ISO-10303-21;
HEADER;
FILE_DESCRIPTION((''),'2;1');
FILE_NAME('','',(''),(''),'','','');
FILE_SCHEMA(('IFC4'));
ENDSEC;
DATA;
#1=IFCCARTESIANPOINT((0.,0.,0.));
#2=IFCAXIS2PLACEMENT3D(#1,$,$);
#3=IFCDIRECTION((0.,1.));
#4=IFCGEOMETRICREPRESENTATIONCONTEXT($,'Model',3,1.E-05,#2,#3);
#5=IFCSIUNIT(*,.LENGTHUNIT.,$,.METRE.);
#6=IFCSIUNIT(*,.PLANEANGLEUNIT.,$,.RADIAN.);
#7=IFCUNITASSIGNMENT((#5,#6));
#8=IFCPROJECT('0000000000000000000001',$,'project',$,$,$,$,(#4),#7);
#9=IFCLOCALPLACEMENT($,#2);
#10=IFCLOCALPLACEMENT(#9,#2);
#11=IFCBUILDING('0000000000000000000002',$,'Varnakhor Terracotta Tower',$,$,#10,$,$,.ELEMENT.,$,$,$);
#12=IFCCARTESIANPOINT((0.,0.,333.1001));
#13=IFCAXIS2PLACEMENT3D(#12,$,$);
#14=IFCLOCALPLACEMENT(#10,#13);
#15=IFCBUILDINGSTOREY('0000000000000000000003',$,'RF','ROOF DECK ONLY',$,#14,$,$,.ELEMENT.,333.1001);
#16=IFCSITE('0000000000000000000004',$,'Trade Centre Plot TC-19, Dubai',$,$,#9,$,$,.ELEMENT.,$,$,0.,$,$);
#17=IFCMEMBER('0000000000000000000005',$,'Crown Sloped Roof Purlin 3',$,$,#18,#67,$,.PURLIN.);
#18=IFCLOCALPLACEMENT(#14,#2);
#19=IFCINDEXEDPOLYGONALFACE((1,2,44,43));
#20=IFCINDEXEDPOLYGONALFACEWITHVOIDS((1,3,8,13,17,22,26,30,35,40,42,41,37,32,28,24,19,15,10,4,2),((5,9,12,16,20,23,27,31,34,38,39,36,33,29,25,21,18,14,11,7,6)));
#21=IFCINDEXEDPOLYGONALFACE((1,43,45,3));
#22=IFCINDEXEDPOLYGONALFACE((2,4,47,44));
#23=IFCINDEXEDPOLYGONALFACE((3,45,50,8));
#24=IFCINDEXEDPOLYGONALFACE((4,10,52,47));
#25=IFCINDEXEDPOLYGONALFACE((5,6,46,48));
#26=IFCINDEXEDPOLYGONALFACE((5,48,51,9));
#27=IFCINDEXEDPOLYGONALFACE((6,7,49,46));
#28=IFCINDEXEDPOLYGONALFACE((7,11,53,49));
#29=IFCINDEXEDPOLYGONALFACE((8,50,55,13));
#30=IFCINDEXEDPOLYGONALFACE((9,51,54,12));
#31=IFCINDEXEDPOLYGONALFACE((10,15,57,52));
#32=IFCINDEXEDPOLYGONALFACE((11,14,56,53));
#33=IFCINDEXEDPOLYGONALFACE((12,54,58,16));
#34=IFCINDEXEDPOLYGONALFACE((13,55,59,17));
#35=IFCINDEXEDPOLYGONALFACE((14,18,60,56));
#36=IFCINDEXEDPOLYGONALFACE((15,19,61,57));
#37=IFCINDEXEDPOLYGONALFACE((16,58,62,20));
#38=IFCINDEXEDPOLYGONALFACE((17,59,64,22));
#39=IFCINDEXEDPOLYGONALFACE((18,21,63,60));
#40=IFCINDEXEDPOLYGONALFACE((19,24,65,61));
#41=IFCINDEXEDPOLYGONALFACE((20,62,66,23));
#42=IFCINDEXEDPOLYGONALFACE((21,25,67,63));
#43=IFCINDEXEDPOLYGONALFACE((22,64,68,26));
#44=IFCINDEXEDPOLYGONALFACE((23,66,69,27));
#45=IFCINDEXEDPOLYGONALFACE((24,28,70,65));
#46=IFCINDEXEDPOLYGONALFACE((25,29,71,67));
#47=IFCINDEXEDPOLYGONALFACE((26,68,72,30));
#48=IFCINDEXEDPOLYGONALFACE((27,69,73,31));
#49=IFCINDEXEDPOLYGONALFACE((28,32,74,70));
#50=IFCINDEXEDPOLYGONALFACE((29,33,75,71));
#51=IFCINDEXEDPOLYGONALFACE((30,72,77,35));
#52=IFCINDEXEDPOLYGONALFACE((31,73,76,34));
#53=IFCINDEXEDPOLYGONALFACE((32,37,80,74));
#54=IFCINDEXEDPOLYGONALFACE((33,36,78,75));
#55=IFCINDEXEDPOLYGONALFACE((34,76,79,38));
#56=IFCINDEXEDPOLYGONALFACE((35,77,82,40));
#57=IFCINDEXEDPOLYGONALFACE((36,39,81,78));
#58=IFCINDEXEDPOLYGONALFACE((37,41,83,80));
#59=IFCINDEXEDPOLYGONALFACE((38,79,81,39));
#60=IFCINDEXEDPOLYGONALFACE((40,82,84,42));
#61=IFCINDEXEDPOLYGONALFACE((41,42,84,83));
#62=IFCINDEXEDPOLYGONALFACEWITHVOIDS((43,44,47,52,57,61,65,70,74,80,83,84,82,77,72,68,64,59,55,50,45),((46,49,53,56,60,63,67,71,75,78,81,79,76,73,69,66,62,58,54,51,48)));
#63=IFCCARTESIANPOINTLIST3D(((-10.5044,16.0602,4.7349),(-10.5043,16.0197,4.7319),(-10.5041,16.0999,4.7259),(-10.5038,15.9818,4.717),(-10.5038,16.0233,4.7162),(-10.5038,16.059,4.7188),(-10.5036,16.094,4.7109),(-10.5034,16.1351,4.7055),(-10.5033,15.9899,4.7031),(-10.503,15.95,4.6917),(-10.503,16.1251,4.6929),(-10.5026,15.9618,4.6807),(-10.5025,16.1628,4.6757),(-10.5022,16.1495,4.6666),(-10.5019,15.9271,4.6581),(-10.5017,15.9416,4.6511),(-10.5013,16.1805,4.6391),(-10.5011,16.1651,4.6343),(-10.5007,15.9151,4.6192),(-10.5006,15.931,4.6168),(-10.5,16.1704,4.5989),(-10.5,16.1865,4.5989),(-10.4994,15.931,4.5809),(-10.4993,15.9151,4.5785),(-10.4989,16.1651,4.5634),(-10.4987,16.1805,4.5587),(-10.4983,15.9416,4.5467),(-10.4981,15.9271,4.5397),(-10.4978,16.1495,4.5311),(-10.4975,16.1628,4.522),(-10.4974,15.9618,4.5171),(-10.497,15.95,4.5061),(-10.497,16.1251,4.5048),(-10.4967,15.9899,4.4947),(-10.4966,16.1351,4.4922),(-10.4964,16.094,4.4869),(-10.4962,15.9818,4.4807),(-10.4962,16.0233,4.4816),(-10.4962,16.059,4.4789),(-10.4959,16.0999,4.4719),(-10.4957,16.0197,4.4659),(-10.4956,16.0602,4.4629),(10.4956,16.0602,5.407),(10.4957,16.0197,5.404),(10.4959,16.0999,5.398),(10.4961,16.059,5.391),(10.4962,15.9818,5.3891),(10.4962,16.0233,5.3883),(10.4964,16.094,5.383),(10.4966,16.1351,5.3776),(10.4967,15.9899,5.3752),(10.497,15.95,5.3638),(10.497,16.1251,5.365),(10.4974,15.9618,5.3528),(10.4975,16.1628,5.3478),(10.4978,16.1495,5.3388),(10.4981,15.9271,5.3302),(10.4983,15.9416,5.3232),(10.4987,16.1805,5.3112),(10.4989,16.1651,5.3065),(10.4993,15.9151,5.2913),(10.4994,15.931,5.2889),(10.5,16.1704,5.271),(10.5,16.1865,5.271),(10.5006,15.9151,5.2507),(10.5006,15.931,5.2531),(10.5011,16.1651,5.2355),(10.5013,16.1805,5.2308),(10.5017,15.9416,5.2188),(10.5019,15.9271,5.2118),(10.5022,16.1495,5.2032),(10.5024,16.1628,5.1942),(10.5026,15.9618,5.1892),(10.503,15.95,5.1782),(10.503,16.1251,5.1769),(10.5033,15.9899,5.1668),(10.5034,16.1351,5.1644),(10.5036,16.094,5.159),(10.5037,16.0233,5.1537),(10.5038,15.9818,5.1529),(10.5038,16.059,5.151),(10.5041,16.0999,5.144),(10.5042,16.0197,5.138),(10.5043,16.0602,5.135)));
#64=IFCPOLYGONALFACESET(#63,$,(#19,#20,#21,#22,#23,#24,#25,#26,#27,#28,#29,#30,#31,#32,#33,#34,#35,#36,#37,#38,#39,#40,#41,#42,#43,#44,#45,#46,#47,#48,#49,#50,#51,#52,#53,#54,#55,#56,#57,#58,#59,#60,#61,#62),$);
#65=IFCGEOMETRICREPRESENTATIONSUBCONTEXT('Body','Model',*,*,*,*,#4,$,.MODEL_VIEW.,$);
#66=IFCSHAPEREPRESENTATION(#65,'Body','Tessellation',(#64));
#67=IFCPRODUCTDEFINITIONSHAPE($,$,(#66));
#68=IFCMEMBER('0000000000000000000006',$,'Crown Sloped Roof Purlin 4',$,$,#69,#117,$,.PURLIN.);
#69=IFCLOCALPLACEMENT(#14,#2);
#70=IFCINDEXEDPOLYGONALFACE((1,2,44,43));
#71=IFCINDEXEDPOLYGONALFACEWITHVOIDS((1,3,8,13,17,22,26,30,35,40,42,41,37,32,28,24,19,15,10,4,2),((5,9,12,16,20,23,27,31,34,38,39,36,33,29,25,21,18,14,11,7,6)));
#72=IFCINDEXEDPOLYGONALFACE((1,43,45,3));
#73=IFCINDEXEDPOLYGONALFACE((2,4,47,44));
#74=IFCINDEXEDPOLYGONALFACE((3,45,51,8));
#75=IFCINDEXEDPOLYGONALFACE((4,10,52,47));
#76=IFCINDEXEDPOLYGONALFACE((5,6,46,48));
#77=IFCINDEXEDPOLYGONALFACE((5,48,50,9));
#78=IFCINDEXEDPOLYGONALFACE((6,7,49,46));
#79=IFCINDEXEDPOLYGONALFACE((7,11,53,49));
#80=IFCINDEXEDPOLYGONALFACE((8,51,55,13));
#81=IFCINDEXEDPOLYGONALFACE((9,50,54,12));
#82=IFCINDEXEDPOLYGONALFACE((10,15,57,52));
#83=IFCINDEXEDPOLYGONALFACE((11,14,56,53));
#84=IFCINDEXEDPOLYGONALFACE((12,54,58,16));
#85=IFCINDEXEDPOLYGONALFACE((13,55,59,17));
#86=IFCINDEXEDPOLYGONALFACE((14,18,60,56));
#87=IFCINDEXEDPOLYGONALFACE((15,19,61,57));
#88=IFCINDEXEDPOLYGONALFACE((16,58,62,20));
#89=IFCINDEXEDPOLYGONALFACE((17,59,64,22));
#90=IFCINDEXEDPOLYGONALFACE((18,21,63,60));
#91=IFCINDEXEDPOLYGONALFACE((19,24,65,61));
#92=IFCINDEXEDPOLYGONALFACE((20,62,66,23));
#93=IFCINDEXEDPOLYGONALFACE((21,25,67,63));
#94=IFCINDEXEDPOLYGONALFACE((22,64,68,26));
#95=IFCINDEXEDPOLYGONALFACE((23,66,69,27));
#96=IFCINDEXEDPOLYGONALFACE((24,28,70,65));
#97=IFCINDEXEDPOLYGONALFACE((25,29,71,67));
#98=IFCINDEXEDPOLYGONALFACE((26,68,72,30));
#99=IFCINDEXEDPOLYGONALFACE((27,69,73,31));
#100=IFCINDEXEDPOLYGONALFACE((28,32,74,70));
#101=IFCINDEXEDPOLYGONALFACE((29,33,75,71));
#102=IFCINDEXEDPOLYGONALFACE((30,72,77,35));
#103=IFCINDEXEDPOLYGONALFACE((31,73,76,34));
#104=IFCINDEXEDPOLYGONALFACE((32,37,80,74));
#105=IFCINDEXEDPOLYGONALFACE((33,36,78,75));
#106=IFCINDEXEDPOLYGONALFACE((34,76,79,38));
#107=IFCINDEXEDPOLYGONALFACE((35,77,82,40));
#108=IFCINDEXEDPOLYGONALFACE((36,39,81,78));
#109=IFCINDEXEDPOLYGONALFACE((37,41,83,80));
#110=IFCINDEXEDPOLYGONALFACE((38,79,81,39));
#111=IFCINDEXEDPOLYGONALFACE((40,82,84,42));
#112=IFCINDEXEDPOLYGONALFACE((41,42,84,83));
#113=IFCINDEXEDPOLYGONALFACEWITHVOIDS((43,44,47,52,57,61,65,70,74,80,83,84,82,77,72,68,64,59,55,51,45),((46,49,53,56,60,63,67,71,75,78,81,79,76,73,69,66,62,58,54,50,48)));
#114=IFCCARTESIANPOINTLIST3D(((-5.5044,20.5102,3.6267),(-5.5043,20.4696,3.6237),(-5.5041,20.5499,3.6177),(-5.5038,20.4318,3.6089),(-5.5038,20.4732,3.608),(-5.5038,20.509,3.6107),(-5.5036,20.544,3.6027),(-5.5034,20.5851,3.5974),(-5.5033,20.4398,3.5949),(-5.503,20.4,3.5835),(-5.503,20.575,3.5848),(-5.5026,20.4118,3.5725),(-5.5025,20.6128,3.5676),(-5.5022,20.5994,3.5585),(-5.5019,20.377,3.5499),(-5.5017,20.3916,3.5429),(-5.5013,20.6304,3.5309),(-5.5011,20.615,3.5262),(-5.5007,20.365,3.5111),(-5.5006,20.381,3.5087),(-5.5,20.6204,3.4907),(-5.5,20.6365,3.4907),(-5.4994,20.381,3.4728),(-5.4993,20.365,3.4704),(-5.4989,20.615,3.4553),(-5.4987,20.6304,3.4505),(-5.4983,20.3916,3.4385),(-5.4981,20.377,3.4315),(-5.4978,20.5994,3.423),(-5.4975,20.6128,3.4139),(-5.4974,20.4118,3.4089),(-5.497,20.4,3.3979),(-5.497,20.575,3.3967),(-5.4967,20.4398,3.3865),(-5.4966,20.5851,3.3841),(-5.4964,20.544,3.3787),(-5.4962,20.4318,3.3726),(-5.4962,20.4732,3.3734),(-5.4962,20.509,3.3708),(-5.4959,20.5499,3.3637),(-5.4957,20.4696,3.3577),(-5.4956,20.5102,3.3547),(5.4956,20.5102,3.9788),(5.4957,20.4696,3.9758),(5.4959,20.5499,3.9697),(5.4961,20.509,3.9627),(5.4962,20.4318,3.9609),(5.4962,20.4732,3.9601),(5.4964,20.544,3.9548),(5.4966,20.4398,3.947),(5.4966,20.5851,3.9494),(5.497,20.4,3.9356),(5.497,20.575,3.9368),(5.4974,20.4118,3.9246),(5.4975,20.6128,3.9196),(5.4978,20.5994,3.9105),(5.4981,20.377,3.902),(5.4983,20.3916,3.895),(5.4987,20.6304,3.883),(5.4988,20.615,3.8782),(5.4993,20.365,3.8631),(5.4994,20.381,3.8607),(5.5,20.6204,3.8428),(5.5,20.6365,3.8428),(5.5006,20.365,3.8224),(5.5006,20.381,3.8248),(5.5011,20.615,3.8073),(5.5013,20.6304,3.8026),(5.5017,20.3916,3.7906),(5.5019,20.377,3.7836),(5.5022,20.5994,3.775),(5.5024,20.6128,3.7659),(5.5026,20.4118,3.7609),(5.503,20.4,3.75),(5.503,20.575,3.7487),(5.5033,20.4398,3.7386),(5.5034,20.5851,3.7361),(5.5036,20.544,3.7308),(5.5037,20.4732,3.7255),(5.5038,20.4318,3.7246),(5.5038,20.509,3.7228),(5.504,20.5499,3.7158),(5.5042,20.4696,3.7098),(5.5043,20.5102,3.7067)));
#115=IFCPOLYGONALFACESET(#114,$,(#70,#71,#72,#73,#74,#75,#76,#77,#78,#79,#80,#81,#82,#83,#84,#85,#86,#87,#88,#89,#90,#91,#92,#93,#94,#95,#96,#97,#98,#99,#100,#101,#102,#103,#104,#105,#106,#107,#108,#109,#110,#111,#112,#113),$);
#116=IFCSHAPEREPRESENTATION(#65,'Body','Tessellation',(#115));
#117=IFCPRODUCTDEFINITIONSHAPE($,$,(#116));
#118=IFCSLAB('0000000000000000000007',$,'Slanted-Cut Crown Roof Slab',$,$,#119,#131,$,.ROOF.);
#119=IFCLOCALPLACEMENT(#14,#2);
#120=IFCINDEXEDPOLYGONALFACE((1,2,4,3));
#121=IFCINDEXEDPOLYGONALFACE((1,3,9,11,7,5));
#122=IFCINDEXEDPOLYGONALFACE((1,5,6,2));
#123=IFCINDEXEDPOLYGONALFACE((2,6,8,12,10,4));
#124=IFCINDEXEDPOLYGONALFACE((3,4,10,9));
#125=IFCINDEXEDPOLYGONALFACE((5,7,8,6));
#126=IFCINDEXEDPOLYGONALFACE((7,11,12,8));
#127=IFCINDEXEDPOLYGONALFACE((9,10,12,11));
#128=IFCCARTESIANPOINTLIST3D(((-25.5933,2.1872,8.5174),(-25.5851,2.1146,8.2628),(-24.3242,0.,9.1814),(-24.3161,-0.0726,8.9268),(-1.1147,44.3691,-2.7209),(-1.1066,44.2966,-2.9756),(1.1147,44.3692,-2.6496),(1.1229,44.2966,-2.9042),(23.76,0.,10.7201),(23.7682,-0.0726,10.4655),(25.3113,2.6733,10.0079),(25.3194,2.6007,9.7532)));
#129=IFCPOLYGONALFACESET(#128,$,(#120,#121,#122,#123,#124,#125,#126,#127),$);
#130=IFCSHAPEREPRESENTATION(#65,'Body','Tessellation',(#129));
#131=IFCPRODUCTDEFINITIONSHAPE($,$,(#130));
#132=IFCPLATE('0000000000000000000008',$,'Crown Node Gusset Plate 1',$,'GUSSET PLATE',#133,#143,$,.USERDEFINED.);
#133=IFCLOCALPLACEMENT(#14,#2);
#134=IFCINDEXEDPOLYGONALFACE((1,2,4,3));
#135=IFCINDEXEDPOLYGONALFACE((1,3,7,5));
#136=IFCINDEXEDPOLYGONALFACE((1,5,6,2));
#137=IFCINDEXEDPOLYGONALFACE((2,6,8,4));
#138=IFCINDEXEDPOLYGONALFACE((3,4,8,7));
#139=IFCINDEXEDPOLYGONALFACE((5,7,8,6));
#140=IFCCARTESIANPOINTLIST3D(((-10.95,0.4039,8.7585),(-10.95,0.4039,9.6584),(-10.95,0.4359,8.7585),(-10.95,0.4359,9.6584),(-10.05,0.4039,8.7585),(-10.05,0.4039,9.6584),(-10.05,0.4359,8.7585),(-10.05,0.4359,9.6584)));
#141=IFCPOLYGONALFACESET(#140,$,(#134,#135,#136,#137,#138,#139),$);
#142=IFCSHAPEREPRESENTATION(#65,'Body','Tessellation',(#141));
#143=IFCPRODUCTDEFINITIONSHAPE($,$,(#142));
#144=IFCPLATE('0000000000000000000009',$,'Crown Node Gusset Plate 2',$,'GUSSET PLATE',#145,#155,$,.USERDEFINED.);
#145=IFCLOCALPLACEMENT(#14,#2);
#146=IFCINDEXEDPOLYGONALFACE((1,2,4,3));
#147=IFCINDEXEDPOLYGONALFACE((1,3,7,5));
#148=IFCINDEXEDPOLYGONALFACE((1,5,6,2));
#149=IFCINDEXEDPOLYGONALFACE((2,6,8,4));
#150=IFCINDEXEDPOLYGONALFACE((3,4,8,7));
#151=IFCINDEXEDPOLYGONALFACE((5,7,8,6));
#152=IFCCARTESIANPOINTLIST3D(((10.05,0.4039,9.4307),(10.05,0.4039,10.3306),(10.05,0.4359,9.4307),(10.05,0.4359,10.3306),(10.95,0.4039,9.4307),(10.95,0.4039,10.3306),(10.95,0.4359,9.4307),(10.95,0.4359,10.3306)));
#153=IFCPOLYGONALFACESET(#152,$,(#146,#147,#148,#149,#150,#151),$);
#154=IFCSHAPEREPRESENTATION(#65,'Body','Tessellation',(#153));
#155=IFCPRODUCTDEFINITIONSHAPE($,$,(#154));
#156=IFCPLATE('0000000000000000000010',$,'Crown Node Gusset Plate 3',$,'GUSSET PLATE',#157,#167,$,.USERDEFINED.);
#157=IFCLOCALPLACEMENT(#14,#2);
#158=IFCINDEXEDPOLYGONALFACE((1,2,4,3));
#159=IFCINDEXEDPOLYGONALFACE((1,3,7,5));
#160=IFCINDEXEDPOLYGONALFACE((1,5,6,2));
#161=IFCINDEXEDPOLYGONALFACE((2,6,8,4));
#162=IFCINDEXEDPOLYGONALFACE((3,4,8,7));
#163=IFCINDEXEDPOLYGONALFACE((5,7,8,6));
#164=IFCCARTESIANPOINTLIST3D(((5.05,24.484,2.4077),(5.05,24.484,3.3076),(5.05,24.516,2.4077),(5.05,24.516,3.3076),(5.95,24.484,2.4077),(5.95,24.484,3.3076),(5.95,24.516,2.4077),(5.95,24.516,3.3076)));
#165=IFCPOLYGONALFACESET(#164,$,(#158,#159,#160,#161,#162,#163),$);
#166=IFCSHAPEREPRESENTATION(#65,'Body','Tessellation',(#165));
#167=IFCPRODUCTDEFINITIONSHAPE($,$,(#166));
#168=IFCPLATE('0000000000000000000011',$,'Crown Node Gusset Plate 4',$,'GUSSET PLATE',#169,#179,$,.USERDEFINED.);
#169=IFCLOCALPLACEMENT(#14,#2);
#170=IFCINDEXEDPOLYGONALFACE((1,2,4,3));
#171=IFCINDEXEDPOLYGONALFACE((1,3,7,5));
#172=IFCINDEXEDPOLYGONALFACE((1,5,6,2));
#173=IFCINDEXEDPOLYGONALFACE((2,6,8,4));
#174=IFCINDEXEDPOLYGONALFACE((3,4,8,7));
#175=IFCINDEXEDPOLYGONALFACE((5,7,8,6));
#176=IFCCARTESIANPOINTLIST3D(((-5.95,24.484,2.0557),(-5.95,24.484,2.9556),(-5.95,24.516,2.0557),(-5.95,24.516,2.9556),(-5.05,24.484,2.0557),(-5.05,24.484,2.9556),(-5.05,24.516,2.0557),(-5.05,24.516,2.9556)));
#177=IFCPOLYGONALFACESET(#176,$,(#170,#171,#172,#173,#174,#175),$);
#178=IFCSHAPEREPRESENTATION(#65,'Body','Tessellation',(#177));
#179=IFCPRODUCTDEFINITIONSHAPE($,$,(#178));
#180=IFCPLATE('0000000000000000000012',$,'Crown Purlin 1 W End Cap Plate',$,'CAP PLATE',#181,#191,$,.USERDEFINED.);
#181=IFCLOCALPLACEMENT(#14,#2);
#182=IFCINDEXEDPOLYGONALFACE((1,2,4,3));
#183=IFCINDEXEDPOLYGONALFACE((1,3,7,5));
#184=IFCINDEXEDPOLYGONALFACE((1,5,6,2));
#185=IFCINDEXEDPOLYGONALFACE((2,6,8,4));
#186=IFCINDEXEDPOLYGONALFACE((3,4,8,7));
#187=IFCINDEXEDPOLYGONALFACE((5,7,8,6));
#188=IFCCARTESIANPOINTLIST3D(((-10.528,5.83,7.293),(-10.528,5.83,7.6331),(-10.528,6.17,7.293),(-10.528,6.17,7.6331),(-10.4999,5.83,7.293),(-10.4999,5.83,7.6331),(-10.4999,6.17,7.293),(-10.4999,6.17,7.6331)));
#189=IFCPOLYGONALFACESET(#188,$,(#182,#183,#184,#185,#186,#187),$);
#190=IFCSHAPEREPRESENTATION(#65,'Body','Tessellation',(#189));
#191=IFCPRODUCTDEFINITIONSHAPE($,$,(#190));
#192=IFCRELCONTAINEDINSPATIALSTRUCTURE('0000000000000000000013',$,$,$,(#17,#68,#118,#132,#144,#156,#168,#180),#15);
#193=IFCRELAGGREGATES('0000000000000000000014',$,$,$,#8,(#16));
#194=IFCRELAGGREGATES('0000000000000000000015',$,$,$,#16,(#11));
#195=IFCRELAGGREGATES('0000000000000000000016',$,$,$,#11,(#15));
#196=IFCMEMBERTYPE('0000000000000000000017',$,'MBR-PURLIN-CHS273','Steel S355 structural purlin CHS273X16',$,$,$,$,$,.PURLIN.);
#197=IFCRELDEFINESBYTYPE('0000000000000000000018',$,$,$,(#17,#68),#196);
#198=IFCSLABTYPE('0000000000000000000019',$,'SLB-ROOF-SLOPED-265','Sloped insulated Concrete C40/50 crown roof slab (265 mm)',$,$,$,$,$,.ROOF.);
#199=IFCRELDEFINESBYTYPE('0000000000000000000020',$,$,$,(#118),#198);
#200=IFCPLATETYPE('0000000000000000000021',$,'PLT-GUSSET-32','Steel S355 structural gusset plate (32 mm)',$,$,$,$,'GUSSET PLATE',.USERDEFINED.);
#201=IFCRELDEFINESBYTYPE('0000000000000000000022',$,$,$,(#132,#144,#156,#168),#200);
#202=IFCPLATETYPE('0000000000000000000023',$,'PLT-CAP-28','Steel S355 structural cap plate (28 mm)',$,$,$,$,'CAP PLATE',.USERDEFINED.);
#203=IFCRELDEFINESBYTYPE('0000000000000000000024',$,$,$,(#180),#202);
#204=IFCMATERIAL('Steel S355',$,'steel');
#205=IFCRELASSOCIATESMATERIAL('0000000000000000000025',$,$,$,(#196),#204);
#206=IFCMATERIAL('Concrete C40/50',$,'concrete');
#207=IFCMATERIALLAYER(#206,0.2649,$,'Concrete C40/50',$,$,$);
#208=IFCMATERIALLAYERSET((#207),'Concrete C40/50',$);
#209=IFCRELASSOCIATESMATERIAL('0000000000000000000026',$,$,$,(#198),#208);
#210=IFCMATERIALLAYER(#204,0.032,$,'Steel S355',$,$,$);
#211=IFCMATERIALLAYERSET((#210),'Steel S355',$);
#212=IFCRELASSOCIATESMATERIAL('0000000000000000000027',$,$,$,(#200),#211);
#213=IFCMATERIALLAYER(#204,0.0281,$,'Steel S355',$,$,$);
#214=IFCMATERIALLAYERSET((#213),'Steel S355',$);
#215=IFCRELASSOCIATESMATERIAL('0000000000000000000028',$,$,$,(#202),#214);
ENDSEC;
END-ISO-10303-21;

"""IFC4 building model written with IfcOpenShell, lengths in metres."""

from ifc_helpers import new_model, si_unit, direction, frame, origin, origin_2d, place, context, subcontext, project, spatial, polyline, rectangle, hollow_circle, outline, extrude, source, transform, mapped, material, layer, layer_set, material_profile, profile_set, type_object, type_shapes, element, save


model = new_model("IFC4")

# Units and contexts
model_context = context("Model", 3, precision=1e-05, world=origin(), true_north=direction((0.0, 1.0)))
body_context = subcontext(model_context, "Body", "Model", "MODEL_VIEW")
ifc_project = project(units=[si_unit("LENGTHUNIT", "METRE"), si_unit("PLANEANGLEUNIT", "RADIAN")], contexts=[model_context])

# Site, building, storey
site_placement = place(None, origin())
site = spatial("IfcSite", under=ifc_project, at=site_placement, Name="Trade Centre Plot TC-19, Dubai", CompositionType="ELEMENT", RefElevation=0.0)
building_placement = place(site_placement, origin())
building = spatial("IfcBuilding", under=site, at=building_placement, Name="Varnakhor Terracotta Tower", CompositionType="ELEMENT")
storey_placement = place(building_placement, frame((0.0, 0.0, 333.1001)))
storey = spatial("IfcBuildingStorey", under=building, at=storey_placement, Name="RF", Description="ROOF DECK ONLY", CompositionType="ELEMENT", Elevation=333.1001)

# Members
ifc_material_1 = material(Name="Steel S355", Category="steel")
ifc_material_profile_1 = material_profile(ifc_material_1, hollow_circle(Radius=0.1365, WallThickness=0.0161, at=origin_2d()), Name="CHS273X16")
ifc_profile_set_1 = profile_set([ifc_material_profile_1], Name="Steel S355")
member_type_1 = type_object("IfcMemberType", Name="MBR-PURLIN-CHS273", Description="Steel S355 structural purlin CHS273X16", PredefinedType="PURLIN", material=ifc_profile_set_1)
shared_shape_1 = source(origin(), body_context, "Body", "SweptSolid", [
    extrude(hollow_circle(Radius=0.1365, WallThickness=0.0161, at=origin_2d()), origin(), (0.0, 0.0, 1.0), 21.0107),
])
type_shapes(member_type_1, [shared_shape_1])
for number, where, z_axis, x_axis, name in (
    (1, (-10.5, 16.05, 4.5989), (0.999488, 0.0, 0.031989), (0.0, 1.0, 0.0), "Crown Sloped Roof Purlin 3"),
):
    element("IfcMember", number, at=place(storey_placement, frame(where, z_axis=z_axis, x_axis=x_axis)), inside=storey, type_object=member_type_1, Name=name, PredefinedType="PURLIN", context=body_context, shape_type="MappedRepresentation", body=[
        mapped(shared_shape_1, transform((0.0, 0.0, 0.0), scale=1.0)),
    ])
shared_shape_2 = source(origin(), body_context, "Body", "SweptSolid", [
    extrude(hollow_circle(Radius=0.1365, WallThickness=0.0161, at=origin_2d()), origin(), (0.0, 0.0, 1.0), 11.0056),
])
member_1_placement = place(storey_placement, frame((-5.5, 20.5, 3.4907), z_axis=(0.999488, 0.0, 0.031988), x_axis=(0.0, 1.0, 0.0)))
element("IfcMember", 2, at=member_1_placement, inside=storey, type_object=member_type_1, Name="Crown Sloped Roof Purlin 4", PredefinedType="PURLIN", context=body_context, shape_type="MappedRepresentation", body=[
    mapped(shared_shape_2, transform((0.0, 0.0, 0.0), scale=1.0)),
])

# Slab
ifc_material_2 = material(Name="Concrete C40/50", Category="concrete")
ifc_layer_1 = layer(ifc_material_2, 0.2649, Name="Concrete C40/50")
ifc_layer_set_1 = layer_set([ifc_layer_1], Name="Concrete C40/50")
slab_type = type_object("IfcSlabType", Name="SLB-ROOF-SLOPED-265", Description="Sloped insulated Concrete C40/50 crown roof slab (265 mm)", PredefinedType="ROOF", material=ifc_layer_set_1)
slab_placement = place(storey_placement, frame((-24.3242, 0.0, 9.1814), z_axis=(-0.03076, 0.273953, 0.961251), x_axis=(0.999488, -0.000001, 0.031984)))
element("IfcSlab", 3, at=slab_placement, inside=storey, type_object=slab_type, Name="Slanted-Cut Crown Roof Slab", PredefinedType="ROOF", context=body_context, shape_type="SweptSolid", body=[
    extrude(outline(polyline([(0.0, 0.0), (48.1088, 0.0), (49.6365, 2.7797), (25.0475, 46.1341), (22.8169, 46.1341), (-1.2896, 2.2742), (0.0, 0.0)])), origin(), (0.0, 0.0, -1.0), 0.2649),
])

# Plates
ifc_layer_2 = layer(ifc_material_1, 0.032, Name="Steel S355")
ifc_layer_set_2 = layer_set([ifc_layer_2], Name="Steel S355")
plate_type_1 = type_object("IfcPlateType", Name="PLT-GUSSET-32", Description="Steel S355 structural gusset plate (32 mm)", ElementType="GUSSET PLATE", PredefinedType="USERDEFINED", material=ifc_layer_set_2)
shared_shape_3 = source(origin(), body_context, "Body", "SweptSolid", [
    extrude(rectangle(XDim=0.8999, YDim=0.032, at=origin_2d()), origin(), (0.0, 0.0, 1.0), 0.8999),
])
type_shapes(plate_type_1, [shared_shape_3])
for number, where, z_axis, x_axis, name in (
    (4, (-10.5, 0.4199, 8.7585), (0.0, 0.0, 1.0), (1.0, 0.0, 0.0), "Crown Node Gusset Plate 1"),
    (5, (10.5, 0.4199, 9.4307), (0.0, 0.0, 1.0), (1.0, 0.0, 0.0), "Crown Node Gusset Plate 2"),
    (6, (5.5, 24.5, 2.4077), (0.0, 0.0, 1.0), (1.0, 0.0, 0.0), "Crown Node Gusset Plate 3"),
    (7, (-5.5, 24.5, 2.0557), (0.0, 0.0, 1.0), (1.0, 0.0, 0.0), "Crown Node Gusset Plate 4"),
):
    element("IfcPlate", number, at=place(storey_placement, frame(where, z_axis=z_axis, x_axis=x_axis)), inside=storey, type_object=plate_type_1, Name=name, ObjectType="GUSSET PLATE", PredefinedType="USERDEFINED", context=body_context, shape_type="MappedRepresentation", body=[
        mapped(shared_shape_3, transform((0.0, 0.0, 0.0), scale=1.0)),
    ])
ifc_layer_3 = layer(ifc_material_1, 0.0281, Name="Steel S355")
ifc_layer_set_3 = layer_set([ifc_layer_3], Name="Steel S355")
plate_type_2 = type_object("IfcPlateType", Name="PLT-CAP-28", Description="Steel S355 structural cap plate (28 mm)", ElementType="CAP PLATE", PredefinedType="USERDEFINED", material=ifc_layer_set_3)
shared_shape_4 = source(origin(), body_context, "Body", "SweptSolid", [
    extrude(rectangle(XDim=0.0281, YDim=0.3401, at=origin_2d()), origin(), (0.0, 0.0, 1.0), 0.3401),
])
for number, where, z_axis, x_axis, name in (
    (8, (-10.5139, 6.0, 7.293), (0.0, 0.0, 1.0), (1.0, 0.0, 0.0), "Crown Purlin 1 W End Cap Plate"),
):
    element("IfcPlate", number, at=place(storey_placement, frame(where, z_axis=z_axis, x_axis=x_axis)), inside=storey, type_object=plate_type_2, Name=name, ObjectType="CAP PLATE", PredefinedType="USERDEFINED", context=body_context, shape_type="MappedRepresentation", body=[
        mapped(shared_shape_4, transform((0.0, 0.0, 0.0), scale=1.0)),
    ])

save(model, "model.ifc")
